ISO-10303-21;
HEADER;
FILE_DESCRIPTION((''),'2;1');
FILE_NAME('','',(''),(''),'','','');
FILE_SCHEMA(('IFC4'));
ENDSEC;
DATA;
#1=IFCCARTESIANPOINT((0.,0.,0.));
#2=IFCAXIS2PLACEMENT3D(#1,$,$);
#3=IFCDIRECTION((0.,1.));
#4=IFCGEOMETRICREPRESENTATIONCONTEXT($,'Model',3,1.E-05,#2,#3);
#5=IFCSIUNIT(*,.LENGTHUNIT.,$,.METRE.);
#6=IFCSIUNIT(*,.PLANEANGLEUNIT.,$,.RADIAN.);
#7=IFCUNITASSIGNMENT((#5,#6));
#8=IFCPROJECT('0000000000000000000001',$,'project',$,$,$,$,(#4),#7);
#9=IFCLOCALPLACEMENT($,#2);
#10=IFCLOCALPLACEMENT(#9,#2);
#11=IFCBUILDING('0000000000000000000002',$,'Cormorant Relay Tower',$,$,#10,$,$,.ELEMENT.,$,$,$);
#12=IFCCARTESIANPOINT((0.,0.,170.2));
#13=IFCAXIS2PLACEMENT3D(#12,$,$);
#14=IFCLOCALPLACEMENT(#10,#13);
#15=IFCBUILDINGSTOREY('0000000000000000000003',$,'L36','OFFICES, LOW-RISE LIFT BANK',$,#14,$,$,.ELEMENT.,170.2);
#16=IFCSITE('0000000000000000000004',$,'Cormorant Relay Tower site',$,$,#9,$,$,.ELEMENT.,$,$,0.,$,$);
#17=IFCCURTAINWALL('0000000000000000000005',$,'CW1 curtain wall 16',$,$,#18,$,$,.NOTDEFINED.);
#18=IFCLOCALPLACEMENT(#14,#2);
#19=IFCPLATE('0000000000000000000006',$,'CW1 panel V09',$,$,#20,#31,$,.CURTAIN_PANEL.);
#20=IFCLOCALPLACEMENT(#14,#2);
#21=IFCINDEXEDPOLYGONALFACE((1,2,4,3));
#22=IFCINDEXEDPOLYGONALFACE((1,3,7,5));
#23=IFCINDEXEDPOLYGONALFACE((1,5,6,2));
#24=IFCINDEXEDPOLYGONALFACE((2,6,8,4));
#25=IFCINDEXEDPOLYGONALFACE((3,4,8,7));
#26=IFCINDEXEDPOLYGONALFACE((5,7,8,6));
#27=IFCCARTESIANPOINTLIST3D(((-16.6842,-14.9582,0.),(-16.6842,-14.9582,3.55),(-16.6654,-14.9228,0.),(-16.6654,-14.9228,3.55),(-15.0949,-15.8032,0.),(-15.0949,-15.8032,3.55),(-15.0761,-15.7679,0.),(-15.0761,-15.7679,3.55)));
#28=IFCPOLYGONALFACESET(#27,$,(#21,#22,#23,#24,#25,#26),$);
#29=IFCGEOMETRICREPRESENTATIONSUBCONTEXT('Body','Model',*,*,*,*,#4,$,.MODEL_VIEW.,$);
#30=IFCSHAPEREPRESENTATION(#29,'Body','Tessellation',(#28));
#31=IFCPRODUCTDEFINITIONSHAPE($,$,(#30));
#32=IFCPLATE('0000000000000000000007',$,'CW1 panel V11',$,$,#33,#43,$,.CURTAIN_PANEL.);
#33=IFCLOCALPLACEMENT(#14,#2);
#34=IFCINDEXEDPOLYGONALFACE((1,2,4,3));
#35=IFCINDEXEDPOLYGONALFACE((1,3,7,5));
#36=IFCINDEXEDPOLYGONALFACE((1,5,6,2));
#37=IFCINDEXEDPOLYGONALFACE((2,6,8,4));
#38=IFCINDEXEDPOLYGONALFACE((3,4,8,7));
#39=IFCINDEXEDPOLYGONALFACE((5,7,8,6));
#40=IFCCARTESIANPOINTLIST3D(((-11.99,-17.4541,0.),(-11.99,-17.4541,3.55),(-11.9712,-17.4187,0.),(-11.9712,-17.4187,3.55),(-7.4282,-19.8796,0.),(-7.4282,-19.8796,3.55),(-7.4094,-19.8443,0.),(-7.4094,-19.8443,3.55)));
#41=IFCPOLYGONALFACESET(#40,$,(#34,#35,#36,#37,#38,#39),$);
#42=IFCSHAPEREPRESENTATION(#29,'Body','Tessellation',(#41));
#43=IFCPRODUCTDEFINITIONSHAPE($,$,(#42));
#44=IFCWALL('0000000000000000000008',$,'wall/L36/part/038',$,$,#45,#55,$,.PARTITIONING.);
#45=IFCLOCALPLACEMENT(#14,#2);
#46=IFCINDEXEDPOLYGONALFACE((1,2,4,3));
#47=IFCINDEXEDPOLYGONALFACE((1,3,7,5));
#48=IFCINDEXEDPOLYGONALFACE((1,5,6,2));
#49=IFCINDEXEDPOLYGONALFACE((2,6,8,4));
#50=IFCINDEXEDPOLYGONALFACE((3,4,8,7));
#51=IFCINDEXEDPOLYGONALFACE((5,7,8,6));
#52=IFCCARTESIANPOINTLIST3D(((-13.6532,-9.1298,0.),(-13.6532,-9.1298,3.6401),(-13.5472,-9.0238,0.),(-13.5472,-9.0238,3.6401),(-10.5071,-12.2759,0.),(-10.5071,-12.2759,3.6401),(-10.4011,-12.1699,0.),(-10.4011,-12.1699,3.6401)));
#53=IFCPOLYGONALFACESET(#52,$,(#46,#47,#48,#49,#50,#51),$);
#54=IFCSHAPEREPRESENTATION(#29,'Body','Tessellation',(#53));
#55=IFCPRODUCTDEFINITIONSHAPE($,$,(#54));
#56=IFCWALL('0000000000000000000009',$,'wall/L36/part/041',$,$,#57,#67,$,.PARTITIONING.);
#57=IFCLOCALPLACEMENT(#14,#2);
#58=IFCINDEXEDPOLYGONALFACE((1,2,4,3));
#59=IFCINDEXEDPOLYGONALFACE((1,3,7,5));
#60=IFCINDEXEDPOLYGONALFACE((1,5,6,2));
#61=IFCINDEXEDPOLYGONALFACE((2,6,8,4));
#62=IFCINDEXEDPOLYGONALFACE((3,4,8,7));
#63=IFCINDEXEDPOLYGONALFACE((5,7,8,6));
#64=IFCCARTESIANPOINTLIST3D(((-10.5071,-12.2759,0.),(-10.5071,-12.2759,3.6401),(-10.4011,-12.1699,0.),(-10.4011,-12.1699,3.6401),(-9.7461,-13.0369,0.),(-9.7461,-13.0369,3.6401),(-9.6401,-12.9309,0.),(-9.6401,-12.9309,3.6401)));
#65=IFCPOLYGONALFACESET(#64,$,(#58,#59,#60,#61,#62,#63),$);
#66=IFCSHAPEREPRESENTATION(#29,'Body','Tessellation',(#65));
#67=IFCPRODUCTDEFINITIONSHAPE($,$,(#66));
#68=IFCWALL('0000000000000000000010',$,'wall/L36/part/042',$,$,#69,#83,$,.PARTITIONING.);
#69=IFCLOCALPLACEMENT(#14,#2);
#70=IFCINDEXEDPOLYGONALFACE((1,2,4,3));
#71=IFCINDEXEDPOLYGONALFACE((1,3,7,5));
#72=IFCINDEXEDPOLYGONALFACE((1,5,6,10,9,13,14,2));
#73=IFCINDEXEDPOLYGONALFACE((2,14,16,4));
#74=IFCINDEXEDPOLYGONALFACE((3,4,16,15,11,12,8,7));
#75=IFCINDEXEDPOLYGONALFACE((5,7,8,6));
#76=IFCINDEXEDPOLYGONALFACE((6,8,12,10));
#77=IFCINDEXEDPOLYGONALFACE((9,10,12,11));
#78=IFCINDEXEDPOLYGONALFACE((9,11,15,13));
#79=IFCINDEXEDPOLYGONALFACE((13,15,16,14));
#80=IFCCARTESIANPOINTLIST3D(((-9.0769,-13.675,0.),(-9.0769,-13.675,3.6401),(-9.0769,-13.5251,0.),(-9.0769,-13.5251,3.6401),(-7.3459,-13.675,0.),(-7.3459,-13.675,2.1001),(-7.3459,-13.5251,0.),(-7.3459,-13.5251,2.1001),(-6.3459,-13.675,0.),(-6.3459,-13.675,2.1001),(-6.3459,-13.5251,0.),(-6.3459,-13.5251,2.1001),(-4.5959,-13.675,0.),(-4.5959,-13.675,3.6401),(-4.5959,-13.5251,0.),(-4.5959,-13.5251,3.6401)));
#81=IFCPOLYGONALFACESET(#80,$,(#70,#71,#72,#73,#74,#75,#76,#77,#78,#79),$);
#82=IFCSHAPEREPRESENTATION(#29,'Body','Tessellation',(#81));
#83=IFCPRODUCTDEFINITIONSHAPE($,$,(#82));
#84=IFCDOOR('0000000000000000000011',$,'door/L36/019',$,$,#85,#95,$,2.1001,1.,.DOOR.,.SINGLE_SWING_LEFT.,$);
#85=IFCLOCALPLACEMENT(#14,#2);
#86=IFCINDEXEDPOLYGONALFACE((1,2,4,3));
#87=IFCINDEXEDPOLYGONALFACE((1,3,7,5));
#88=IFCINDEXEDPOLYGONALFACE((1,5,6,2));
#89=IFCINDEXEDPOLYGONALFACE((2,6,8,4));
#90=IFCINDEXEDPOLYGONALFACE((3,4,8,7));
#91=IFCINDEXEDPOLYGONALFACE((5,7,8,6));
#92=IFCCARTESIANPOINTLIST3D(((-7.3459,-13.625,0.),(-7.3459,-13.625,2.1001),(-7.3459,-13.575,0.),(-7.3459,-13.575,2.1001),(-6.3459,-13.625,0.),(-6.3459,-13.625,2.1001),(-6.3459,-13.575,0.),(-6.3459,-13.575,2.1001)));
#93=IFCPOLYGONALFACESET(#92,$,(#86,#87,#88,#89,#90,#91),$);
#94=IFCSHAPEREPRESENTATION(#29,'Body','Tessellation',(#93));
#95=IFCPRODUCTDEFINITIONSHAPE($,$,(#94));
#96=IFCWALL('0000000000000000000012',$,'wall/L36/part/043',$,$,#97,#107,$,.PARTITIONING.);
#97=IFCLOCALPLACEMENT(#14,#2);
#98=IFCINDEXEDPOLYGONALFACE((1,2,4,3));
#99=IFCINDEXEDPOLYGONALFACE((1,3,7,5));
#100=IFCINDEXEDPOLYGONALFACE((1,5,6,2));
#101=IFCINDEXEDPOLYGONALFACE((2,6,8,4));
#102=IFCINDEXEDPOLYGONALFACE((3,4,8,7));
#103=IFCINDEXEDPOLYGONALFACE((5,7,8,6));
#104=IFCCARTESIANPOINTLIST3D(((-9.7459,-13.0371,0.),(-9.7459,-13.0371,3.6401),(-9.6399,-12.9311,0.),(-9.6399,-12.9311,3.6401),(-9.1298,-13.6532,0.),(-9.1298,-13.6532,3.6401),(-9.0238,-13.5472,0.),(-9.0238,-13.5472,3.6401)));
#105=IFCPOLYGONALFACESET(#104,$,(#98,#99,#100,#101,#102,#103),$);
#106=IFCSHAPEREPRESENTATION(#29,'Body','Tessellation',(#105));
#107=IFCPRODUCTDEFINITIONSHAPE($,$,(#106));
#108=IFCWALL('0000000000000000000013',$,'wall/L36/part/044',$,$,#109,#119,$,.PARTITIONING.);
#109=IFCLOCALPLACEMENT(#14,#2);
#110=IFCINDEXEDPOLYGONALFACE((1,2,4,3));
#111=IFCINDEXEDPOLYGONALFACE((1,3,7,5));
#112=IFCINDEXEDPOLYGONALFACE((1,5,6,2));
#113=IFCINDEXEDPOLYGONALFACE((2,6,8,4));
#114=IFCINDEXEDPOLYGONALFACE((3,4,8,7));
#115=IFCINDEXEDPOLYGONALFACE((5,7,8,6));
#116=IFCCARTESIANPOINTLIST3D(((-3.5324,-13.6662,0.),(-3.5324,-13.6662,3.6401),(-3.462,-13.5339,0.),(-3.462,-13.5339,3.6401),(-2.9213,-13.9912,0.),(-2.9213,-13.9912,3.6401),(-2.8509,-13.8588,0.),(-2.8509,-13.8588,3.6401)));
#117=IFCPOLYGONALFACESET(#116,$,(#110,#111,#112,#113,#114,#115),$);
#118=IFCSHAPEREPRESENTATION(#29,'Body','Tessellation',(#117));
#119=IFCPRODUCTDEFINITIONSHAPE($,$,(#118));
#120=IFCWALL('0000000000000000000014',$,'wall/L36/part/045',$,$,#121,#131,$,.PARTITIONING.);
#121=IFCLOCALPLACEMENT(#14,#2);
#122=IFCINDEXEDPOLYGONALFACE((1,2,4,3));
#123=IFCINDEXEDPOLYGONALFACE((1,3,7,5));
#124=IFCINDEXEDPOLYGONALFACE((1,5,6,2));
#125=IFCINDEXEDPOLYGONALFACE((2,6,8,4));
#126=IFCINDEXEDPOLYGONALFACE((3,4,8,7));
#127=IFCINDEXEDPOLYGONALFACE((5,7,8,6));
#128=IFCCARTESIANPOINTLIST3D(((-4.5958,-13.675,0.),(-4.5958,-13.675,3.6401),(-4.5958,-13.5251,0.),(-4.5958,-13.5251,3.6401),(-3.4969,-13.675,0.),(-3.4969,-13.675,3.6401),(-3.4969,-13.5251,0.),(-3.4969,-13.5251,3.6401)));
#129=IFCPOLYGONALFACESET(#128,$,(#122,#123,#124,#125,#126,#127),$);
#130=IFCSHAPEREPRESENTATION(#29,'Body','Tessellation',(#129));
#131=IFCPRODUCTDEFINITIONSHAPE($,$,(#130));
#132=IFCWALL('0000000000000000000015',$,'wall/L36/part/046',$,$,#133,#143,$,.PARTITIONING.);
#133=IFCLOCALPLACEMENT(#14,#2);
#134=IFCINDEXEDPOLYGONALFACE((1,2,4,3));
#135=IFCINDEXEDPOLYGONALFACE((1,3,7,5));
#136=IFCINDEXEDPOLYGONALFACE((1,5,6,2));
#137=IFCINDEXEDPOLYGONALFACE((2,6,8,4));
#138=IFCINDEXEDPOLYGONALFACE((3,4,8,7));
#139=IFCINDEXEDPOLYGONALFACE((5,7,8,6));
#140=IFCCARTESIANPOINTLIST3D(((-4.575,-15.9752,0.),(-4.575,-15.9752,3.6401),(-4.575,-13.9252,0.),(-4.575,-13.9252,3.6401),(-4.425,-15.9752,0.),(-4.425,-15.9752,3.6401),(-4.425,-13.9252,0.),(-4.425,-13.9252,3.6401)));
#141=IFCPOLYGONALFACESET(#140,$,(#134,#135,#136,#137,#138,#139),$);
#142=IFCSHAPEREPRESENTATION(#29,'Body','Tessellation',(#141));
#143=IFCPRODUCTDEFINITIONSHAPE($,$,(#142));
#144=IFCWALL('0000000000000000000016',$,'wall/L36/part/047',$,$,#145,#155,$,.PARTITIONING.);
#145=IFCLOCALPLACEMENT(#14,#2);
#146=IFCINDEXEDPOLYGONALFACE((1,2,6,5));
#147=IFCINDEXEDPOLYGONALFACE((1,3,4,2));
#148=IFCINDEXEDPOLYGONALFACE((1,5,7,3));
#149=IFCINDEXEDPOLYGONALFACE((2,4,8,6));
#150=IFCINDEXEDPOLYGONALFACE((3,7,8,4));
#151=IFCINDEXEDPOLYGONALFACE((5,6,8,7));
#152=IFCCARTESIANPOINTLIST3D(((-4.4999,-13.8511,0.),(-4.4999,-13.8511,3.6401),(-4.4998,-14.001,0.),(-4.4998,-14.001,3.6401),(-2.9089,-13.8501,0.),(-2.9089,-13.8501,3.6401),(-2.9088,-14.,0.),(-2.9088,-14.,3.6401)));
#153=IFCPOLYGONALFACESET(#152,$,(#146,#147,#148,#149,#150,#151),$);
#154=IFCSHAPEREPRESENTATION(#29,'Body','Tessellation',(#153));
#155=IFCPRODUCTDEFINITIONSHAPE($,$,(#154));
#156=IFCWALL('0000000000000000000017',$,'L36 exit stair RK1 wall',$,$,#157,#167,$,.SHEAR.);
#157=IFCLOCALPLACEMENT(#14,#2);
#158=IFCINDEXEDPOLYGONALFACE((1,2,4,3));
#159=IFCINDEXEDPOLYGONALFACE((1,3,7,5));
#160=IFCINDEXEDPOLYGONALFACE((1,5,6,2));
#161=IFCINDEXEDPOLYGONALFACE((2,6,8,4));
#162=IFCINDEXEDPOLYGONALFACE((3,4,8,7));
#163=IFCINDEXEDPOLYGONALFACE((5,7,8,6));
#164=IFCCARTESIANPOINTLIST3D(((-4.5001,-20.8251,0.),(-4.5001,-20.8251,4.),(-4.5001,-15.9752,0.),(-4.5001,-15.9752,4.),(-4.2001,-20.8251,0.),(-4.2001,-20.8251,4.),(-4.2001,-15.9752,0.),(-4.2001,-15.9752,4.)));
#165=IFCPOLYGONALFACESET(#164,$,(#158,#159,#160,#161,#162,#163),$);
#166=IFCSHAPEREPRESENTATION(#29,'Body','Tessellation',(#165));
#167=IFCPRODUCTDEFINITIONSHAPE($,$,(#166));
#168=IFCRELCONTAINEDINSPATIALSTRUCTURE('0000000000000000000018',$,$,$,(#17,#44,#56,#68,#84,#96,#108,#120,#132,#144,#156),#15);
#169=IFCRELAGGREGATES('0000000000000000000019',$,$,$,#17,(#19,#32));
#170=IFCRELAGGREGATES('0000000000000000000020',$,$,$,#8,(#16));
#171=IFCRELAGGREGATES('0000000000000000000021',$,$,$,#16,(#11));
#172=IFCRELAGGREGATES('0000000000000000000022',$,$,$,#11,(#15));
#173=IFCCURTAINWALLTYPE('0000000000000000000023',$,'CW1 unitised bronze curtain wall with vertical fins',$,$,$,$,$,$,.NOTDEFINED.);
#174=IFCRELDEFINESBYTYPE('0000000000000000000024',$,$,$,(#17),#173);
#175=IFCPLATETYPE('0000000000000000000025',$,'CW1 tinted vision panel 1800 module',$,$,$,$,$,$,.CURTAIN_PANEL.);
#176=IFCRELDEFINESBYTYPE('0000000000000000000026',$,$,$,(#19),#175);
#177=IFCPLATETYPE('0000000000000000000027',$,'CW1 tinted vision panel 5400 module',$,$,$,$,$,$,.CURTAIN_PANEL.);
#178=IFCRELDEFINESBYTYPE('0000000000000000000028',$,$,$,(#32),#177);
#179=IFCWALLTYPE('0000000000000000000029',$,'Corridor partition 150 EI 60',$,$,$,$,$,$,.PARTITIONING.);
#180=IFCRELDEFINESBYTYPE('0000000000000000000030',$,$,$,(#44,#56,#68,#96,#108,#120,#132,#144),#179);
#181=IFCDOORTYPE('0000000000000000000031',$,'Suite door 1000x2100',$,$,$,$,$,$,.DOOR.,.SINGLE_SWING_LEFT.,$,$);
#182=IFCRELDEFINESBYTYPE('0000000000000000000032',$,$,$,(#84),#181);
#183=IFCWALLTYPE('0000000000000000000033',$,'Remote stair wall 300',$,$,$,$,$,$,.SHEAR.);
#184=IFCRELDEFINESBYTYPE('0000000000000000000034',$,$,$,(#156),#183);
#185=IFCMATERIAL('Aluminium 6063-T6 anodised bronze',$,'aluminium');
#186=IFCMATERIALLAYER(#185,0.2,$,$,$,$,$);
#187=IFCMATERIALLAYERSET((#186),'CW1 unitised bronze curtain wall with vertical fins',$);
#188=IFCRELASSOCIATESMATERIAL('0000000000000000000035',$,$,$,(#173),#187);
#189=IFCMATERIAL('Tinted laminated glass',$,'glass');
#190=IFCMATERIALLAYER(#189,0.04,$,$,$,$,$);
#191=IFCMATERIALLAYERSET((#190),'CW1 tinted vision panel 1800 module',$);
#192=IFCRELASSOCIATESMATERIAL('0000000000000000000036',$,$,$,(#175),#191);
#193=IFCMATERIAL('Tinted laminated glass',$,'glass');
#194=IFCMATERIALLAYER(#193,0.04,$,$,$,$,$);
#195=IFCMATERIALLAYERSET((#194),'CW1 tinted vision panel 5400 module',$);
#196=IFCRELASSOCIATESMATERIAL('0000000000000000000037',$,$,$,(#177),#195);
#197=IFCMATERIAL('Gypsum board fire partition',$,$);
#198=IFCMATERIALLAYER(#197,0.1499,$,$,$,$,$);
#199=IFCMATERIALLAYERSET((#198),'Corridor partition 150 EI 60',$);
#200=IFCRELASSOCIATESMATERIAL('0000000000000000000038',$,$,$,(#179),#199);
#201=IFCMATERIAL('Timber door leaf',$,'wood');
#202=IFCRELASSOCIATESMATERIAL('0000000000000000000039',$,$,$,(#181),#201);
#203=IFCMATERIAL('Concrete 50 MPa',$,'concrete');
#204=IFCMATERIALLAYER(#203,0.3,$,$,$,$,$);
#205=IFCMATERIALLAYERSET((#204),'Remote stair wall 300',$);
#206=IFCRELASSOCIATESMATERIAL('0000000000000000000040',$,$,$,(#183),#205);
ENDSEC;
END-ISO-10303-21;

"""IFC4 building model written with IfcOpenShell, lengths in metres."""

from ifc_helpers import new_model, si_unit, direction, frame, frame_2d, origin, origin_2d, place, context, subcontext, project, spatial, rectangle, extrude, material, layer, layer_set, type_object, element, fill, aggregate, save


model = new_model("IFC4")

# Units and contexts
model_context = context("Model", 3, precision=1e-05, world=origin(), true_north=direction((0.0, 1.0)))
body_context = subcontext(model_context, "Body", "Model", "MODEL_VIEW")
ifc_project = project(units=[si_unit("LENGTHUNIT", "METRE"), si_unit("PLANEANGLEUNIT", "RADIAN")], contexts=[model_context])

# Site, building, storey
site_placement = place(None, origin())
site = spatial("IfcSite", under=ifc_project, at=site_placement, Name="Cormorant Relay Tower site", CompositionType="ELEMENT", RefElevation=0.0)
building_placement = place(site_placement, origin())
building = spatial("IfcBuilding", under=site, at=building_placement, Name="Cormorant Relay Tower", CompositionType="ELEMENT")
storey_placement = place(building_placement, frame((0.0, 0.0, 170.2)))
storey = spatial("IfcBuildingStorey", under=building, at=storey_placement, Name="L36", Description="OFFICES, LOW-RISE LIFT BANK", CompositionType="ELEMENT", Elevation=170.2)

# Shared definitions
ifc_material_1 = material(Name="Aluminium 6063-T6 anodised bronze", Category="aluminium")
ifc_layer_1 = layer(ifc_material_1, 0.2)
ifc_layer_set_1 = layer_set([ifc_layer_1], Name="CW1 unitised bronze curtain wall with vertical fins")
curtain_wall_type = type_object("IfcCurtainWallType", Name="CW1 unitised bronze curtain wall with vertical fins", PredefinedType="NOTDEFINED", material=ifc_layer_set_1)

# Curtain wall
curtain_wall_1_placement = place(storey_placement, origin())
curtain_wall_1 = element("IfcCurtainWall", 1, at=curtain_wall_1_placement, inside=storey, type_object=curtain_wall_type, Name="CW1 curtain wall 16", PredefinedType="NOTDEFINED")

# Plates
ifc_material_2 = material(Name="Tinted laminated glass", Category="glass")
ifc_layer_2 = layer(ifc_material_2, 0.04)
ifc_layer_set_2 = layer_set([ifc_layer_2], Name="CW1 tinted vision panel 1800 module")
plate_type_1 = type_object("IfcPlateType", Name="CW1 tinted vision panel 1800 module", PredefinedType="CURTAIN_PANEL", material=ifc_layer_set_2)
plate_1_placement = place(storey_placement, frame((-15.8801, -15.363, 0.0), z_axis=(0.0, 0.0, 1.0), x_axis=(0.882948, -0.469472, 0.0)))
plate_1 = element("IfcPlate", 2, at=plate_1_placement, type_object=plate_type_1, Name="CW1 panel V09", PredefinedType="CURTAIN_PANEL", context=body_context, shape_type="SweptSolid", body=[
    extrude(rectangle(XDim=1.8, YDim=0.04, at=origin_2d()), origin(), (0.0, 0.0, 1.0), 3.55),
])
ifc_material_3 = material(Name="Tinted laminated glass", Category="glass")
ifc_layer_3 = layer(ifc_material_3, 0.04)
ifc_layer_set_3 = layer_set([ifc_layer_3], Name="CW1 tinted vision panel 5400 module")
plate_type_2 = type_object("IfcPlateType", Name="CW1 tinted vision panel 5400 module", PredefinedType="CURTAIN_PANEL", material=ifc_layer_set_3)
plate_2_placement = place(storey_placement, frame((-9.6997, -18.6492, 0.0), z_axis=(0.0, 0.0, 1.0), x_axis=(0.882948, -0.469472, 0.0)))
plate_2 = element("IfcPlate", 3, at=plate_2_placement, type_object=plate_type_2, Name="CW1 panel V11", PredefinedType="CURTAIN_PANEL", context=body_context, shape_type="SweptSolid", body=[
    extrude(rectangle(XDim=5.1665, YDim=0.04, at=origin_2d()), origin(), (0.0, 0.0, 1.0), 3.55),
])

# Walls
ifc_material_4 = material(Name="Gypsum board fire partition")
ifc_layer_4 = layer(ifc_material_4, 0.1499)
ifc_layer_set_4 = layer_set([ifc_layer_4], Name="Corridor partition 150 EI 60")
wall_type_1 = type_object("IfcWallType", Name="Corridor partition 150 EI 60", PredefinedType="PARTITIONING", material=ifc_layer_set_4)
wall_1_placement = place(storey_placement, frame((-10.4541, -12.2229, 0.0), z_axis=(0.0, 0.0, 1.0), x_axis=(-0.707107, 0.707107, 0.0)))
element("IfcWall", 4, at=wall_1_placement, inside=storey, type_object=wall_type_1, Name="wall/L36/part/038", PredefinedType="PARTITIONING", context=body_context, shape_type="SweptSolid", body=[
    extrude(rectangle(XDim=4.4492, YDim=0.1499, at=frame_2d((2.2246, 0.0))), origin(), (0.0, 0.0, 1.0), 3.6401),
])
wall_2_placement = place(storey_placement, frame((-9.6931, -12.9839, 0.0), z_axis=(0.0, 0.0, 1.0), x_axis=(-0.707107, 0.707107, 0.0)))
element("IfcWall", 5, at=wall_2_placement, inside=storey, type_object=wall_type_1, Name="wall/L36/part/041", PredefinedType="PARTITIONING", context=body_context, shape_type="SweptSolid", body=[
    extrude(rectangle(XDim=1.0762, YDim=0.1499, at=frame_2d((0.5381, 0.0))), origin(), (0.0, 0.0, 1.0), 3.6401),
])

# Wall, opening, door
wall_3_placement = place(storey_placement, frame((-4.5959, -13.6001, 0.0), z_axis=(0.0, 0.0, 1.0), x_axis=(-1.0, 0.0, 0.0)))
wall_3 = element("IfcWall", 6, at=wall_3_placement, inside=storey, type_object=wall_type_1, Name="wall/L36/part/042", PredefinedType="PARTITIONING", context=body_context, shape_type="SweptSolid", body=[
    extrude(rectangle(XDim=4.481, YDim=0.1499, at=frame_2d((2.2405, 0.0))), origin(), (0.0, 0.0, 1.0), 3.6401),
])
opening_1_placement = place(wall_3_placement, frame((1.75, 0.0, 0.0)))
opening_1 = element("IfcOpeningElement", 7, at=opening_1_placement, cuts=wall_3, PredefinedType="OPENING", context=body_context, shape_type="SweptSolid", body=[
    extrude(rectangle(XDim=1.0, YDim=2.1001, at=frame_2d((0.5, 1.05))), frame((0.0, 0.085, 0.0), z_axis=(0.0, -1.0, 0.0), x_axis=(1.0, 0.0, 0.0)), (0.0, 0.0, 1.0), 0.1699),
])
ifc_material_5 = material(Name="Timber door leaf", Category="wood")
door_type_1 = type_object("IfcDoorType", Name="Suite door 1000x2100", OperationType="SINGLE_SWING_LEFT", PredefinedType="DOOR", material=ifc_material_5)
door_1_placement = place(opening_1_placement, origin())
door_1 = element("IfcDoor", 8, at=door_1_placement, inside=storey, type_object=door_type_1, Name="door/L36/019", OperationType="SINGLE_SWING_LEFT", OverallHeight=2.1001, OverallWidth=1.0, PredefinedType="DOOR", context=body_context, shape_type="SweptSolid", body=[
    extrude(rectangle(XDim=1.0, YDim=2.1001, at=frame_2d((0.5, 1.05))), frame((0.0, 0.0249, 0.0), z_axis=(0.0, -1.0, 0.0), x_axis=(1.0, 0.0, 0.0)), (0.0, 0.0, 1.0), 0.05),
])
fill(opening_1, door_1)

# Walls
wall_4_placement = place(storey_placement, frame((-9.0769, -13.6001, 0.0), z_axis=(0.0, 0.0, 1.0), x_axis=(-0.707107, 0.707107, 0.0)))
element("IfcWall", 9, at=wall_4_placement, inside=storey, type_object=wall_type_1, Name="wall/L36/part/043", PredefinedType="PARTITIONING", context=body_context, shape_type="SweptSolid", body=[
    extrude(rectangle(XDim=0.8713, YDim=0.1499, at=frame_2d((0.4355, 0.0))), origin(), (0.0, 0.0, 1.0), 3.6401),
])
wall_5_placement = place(storey_placement, frame((-2.886, -13.925, 0.0), z_axis=(0.0, 0.0, 1.0), x_axis=(-0.882928, 0.469508, 0.0)))
element("IfcWall", 10, at=wall_5_placement, inside=storey, type_object=wall_type_1, Name="wall/L36/part/044", PredefinedType="PARTITIONING", context=body_context, shape_type="SweptSolid", body=[
    extrude(rectangle(XDim=0.6921, YDim=0.1499, at=frame_2d((0.3462, 0.0))), origin(), (0.0, 0.0, 1.0), 3.6401),
])
wall_6_placement = place(storey_placement, frame((-3.4971, -13.6001, 0.0), z_axis=(0.0, 0.0, 1.0), x_axis=(-1.0, 0.0, 0.0)))
element("IfcWall", 11, at=wall_6_placement, inside=storey, type_object=wall_type_1, Name="wall/L36/part/045", PredefinedType="PARTITIONING", context=body_context, shape_type="SweptSolid", body=[
    extrude(rectangle(XDim=1.0989, YDim=0.1499, at=frame_2d((0.5493, 0.0))), origin(), (0.0, 0.0, 1.0), 3.6401),
])
wall_7_placement = place(storey_placement, frame((-4.5, -15.9751, 0.0), z_axis=(0.0, 0.0, 1.0), x_axis=(0.0, 1.0, 0.0)))
element("IfcWall", 12, at=wall_7_placement, inside=storey, type_object=wall_type_1, Name="wall/L36/part/046", PredefinedType="PARTITIONING", context=body_context, shape_type="SweptSolid", body=[
    extrude(rectangle(XDim=2.05, YDim=0.1499, at=frame_2d((1.0249, 0.0))), origin(), (0.0, 0.0, 1.0), 3.6401),
])
wall_8_placement = place(storey_placement, frame((-2.9089, -13.925, 0.0), z_axis=(0.0, 0.0, 1.0), x_axis=(-1.0, -0.000614, 0.0)))
element("IfcWall", 13, at=wall_8_placement, inside=storey, type_object=wall_type_1, Name="wall/L36/part/047", PredefinedType="PARTITIONING", context=body_context, shape_type="SweptSolid", body=[
    extrude(rectangle(XDim=1.5911, YDim=0.1499, at=frame_2d((0.7954, 0.0))), origin(), (0.0, 0.0, 1.0), 3.6401),
])
ifc_material_6 = material(Name="Concrete 50 MPa", Category="concrete")
ifc_layer_5 = layer(ifc_material_6, 0.3)
ifc_layer_set_5 = layer_set([ifc_layer_5], Name="Remote stair wall 300")
wall_type_2 = type_object("IfcWallType", Name="Remote stair wall 300", PredefinedType="SHEAR", material=ifc_layer_set_5)
wall_9_placement = place(storey_placement, frame((-4.3501, -20.825, 0.0), z_axis=(0.0, 0.0, 1.0), x_axis=(0.0, 1.0, 0.0)))
element("IfcWall", 14, at=wall_9_placement, inside=storey, type_object=wall_type_2, Name="L36 exit stair RK1 wall", PredefinedType="SHEAR", context=body_context, shape_type="SweptSolid", body=[
    extrude(rectangle(XDim=4.8499, YDim=0.3, at=frame_2d((2.4248, 0.0))), origin(), (0.0, 0.0, 1.0), 4.0),
])

aggregate(curtain_wall_1, [plate_1, plate_2])

save(model, "model.ifc")
